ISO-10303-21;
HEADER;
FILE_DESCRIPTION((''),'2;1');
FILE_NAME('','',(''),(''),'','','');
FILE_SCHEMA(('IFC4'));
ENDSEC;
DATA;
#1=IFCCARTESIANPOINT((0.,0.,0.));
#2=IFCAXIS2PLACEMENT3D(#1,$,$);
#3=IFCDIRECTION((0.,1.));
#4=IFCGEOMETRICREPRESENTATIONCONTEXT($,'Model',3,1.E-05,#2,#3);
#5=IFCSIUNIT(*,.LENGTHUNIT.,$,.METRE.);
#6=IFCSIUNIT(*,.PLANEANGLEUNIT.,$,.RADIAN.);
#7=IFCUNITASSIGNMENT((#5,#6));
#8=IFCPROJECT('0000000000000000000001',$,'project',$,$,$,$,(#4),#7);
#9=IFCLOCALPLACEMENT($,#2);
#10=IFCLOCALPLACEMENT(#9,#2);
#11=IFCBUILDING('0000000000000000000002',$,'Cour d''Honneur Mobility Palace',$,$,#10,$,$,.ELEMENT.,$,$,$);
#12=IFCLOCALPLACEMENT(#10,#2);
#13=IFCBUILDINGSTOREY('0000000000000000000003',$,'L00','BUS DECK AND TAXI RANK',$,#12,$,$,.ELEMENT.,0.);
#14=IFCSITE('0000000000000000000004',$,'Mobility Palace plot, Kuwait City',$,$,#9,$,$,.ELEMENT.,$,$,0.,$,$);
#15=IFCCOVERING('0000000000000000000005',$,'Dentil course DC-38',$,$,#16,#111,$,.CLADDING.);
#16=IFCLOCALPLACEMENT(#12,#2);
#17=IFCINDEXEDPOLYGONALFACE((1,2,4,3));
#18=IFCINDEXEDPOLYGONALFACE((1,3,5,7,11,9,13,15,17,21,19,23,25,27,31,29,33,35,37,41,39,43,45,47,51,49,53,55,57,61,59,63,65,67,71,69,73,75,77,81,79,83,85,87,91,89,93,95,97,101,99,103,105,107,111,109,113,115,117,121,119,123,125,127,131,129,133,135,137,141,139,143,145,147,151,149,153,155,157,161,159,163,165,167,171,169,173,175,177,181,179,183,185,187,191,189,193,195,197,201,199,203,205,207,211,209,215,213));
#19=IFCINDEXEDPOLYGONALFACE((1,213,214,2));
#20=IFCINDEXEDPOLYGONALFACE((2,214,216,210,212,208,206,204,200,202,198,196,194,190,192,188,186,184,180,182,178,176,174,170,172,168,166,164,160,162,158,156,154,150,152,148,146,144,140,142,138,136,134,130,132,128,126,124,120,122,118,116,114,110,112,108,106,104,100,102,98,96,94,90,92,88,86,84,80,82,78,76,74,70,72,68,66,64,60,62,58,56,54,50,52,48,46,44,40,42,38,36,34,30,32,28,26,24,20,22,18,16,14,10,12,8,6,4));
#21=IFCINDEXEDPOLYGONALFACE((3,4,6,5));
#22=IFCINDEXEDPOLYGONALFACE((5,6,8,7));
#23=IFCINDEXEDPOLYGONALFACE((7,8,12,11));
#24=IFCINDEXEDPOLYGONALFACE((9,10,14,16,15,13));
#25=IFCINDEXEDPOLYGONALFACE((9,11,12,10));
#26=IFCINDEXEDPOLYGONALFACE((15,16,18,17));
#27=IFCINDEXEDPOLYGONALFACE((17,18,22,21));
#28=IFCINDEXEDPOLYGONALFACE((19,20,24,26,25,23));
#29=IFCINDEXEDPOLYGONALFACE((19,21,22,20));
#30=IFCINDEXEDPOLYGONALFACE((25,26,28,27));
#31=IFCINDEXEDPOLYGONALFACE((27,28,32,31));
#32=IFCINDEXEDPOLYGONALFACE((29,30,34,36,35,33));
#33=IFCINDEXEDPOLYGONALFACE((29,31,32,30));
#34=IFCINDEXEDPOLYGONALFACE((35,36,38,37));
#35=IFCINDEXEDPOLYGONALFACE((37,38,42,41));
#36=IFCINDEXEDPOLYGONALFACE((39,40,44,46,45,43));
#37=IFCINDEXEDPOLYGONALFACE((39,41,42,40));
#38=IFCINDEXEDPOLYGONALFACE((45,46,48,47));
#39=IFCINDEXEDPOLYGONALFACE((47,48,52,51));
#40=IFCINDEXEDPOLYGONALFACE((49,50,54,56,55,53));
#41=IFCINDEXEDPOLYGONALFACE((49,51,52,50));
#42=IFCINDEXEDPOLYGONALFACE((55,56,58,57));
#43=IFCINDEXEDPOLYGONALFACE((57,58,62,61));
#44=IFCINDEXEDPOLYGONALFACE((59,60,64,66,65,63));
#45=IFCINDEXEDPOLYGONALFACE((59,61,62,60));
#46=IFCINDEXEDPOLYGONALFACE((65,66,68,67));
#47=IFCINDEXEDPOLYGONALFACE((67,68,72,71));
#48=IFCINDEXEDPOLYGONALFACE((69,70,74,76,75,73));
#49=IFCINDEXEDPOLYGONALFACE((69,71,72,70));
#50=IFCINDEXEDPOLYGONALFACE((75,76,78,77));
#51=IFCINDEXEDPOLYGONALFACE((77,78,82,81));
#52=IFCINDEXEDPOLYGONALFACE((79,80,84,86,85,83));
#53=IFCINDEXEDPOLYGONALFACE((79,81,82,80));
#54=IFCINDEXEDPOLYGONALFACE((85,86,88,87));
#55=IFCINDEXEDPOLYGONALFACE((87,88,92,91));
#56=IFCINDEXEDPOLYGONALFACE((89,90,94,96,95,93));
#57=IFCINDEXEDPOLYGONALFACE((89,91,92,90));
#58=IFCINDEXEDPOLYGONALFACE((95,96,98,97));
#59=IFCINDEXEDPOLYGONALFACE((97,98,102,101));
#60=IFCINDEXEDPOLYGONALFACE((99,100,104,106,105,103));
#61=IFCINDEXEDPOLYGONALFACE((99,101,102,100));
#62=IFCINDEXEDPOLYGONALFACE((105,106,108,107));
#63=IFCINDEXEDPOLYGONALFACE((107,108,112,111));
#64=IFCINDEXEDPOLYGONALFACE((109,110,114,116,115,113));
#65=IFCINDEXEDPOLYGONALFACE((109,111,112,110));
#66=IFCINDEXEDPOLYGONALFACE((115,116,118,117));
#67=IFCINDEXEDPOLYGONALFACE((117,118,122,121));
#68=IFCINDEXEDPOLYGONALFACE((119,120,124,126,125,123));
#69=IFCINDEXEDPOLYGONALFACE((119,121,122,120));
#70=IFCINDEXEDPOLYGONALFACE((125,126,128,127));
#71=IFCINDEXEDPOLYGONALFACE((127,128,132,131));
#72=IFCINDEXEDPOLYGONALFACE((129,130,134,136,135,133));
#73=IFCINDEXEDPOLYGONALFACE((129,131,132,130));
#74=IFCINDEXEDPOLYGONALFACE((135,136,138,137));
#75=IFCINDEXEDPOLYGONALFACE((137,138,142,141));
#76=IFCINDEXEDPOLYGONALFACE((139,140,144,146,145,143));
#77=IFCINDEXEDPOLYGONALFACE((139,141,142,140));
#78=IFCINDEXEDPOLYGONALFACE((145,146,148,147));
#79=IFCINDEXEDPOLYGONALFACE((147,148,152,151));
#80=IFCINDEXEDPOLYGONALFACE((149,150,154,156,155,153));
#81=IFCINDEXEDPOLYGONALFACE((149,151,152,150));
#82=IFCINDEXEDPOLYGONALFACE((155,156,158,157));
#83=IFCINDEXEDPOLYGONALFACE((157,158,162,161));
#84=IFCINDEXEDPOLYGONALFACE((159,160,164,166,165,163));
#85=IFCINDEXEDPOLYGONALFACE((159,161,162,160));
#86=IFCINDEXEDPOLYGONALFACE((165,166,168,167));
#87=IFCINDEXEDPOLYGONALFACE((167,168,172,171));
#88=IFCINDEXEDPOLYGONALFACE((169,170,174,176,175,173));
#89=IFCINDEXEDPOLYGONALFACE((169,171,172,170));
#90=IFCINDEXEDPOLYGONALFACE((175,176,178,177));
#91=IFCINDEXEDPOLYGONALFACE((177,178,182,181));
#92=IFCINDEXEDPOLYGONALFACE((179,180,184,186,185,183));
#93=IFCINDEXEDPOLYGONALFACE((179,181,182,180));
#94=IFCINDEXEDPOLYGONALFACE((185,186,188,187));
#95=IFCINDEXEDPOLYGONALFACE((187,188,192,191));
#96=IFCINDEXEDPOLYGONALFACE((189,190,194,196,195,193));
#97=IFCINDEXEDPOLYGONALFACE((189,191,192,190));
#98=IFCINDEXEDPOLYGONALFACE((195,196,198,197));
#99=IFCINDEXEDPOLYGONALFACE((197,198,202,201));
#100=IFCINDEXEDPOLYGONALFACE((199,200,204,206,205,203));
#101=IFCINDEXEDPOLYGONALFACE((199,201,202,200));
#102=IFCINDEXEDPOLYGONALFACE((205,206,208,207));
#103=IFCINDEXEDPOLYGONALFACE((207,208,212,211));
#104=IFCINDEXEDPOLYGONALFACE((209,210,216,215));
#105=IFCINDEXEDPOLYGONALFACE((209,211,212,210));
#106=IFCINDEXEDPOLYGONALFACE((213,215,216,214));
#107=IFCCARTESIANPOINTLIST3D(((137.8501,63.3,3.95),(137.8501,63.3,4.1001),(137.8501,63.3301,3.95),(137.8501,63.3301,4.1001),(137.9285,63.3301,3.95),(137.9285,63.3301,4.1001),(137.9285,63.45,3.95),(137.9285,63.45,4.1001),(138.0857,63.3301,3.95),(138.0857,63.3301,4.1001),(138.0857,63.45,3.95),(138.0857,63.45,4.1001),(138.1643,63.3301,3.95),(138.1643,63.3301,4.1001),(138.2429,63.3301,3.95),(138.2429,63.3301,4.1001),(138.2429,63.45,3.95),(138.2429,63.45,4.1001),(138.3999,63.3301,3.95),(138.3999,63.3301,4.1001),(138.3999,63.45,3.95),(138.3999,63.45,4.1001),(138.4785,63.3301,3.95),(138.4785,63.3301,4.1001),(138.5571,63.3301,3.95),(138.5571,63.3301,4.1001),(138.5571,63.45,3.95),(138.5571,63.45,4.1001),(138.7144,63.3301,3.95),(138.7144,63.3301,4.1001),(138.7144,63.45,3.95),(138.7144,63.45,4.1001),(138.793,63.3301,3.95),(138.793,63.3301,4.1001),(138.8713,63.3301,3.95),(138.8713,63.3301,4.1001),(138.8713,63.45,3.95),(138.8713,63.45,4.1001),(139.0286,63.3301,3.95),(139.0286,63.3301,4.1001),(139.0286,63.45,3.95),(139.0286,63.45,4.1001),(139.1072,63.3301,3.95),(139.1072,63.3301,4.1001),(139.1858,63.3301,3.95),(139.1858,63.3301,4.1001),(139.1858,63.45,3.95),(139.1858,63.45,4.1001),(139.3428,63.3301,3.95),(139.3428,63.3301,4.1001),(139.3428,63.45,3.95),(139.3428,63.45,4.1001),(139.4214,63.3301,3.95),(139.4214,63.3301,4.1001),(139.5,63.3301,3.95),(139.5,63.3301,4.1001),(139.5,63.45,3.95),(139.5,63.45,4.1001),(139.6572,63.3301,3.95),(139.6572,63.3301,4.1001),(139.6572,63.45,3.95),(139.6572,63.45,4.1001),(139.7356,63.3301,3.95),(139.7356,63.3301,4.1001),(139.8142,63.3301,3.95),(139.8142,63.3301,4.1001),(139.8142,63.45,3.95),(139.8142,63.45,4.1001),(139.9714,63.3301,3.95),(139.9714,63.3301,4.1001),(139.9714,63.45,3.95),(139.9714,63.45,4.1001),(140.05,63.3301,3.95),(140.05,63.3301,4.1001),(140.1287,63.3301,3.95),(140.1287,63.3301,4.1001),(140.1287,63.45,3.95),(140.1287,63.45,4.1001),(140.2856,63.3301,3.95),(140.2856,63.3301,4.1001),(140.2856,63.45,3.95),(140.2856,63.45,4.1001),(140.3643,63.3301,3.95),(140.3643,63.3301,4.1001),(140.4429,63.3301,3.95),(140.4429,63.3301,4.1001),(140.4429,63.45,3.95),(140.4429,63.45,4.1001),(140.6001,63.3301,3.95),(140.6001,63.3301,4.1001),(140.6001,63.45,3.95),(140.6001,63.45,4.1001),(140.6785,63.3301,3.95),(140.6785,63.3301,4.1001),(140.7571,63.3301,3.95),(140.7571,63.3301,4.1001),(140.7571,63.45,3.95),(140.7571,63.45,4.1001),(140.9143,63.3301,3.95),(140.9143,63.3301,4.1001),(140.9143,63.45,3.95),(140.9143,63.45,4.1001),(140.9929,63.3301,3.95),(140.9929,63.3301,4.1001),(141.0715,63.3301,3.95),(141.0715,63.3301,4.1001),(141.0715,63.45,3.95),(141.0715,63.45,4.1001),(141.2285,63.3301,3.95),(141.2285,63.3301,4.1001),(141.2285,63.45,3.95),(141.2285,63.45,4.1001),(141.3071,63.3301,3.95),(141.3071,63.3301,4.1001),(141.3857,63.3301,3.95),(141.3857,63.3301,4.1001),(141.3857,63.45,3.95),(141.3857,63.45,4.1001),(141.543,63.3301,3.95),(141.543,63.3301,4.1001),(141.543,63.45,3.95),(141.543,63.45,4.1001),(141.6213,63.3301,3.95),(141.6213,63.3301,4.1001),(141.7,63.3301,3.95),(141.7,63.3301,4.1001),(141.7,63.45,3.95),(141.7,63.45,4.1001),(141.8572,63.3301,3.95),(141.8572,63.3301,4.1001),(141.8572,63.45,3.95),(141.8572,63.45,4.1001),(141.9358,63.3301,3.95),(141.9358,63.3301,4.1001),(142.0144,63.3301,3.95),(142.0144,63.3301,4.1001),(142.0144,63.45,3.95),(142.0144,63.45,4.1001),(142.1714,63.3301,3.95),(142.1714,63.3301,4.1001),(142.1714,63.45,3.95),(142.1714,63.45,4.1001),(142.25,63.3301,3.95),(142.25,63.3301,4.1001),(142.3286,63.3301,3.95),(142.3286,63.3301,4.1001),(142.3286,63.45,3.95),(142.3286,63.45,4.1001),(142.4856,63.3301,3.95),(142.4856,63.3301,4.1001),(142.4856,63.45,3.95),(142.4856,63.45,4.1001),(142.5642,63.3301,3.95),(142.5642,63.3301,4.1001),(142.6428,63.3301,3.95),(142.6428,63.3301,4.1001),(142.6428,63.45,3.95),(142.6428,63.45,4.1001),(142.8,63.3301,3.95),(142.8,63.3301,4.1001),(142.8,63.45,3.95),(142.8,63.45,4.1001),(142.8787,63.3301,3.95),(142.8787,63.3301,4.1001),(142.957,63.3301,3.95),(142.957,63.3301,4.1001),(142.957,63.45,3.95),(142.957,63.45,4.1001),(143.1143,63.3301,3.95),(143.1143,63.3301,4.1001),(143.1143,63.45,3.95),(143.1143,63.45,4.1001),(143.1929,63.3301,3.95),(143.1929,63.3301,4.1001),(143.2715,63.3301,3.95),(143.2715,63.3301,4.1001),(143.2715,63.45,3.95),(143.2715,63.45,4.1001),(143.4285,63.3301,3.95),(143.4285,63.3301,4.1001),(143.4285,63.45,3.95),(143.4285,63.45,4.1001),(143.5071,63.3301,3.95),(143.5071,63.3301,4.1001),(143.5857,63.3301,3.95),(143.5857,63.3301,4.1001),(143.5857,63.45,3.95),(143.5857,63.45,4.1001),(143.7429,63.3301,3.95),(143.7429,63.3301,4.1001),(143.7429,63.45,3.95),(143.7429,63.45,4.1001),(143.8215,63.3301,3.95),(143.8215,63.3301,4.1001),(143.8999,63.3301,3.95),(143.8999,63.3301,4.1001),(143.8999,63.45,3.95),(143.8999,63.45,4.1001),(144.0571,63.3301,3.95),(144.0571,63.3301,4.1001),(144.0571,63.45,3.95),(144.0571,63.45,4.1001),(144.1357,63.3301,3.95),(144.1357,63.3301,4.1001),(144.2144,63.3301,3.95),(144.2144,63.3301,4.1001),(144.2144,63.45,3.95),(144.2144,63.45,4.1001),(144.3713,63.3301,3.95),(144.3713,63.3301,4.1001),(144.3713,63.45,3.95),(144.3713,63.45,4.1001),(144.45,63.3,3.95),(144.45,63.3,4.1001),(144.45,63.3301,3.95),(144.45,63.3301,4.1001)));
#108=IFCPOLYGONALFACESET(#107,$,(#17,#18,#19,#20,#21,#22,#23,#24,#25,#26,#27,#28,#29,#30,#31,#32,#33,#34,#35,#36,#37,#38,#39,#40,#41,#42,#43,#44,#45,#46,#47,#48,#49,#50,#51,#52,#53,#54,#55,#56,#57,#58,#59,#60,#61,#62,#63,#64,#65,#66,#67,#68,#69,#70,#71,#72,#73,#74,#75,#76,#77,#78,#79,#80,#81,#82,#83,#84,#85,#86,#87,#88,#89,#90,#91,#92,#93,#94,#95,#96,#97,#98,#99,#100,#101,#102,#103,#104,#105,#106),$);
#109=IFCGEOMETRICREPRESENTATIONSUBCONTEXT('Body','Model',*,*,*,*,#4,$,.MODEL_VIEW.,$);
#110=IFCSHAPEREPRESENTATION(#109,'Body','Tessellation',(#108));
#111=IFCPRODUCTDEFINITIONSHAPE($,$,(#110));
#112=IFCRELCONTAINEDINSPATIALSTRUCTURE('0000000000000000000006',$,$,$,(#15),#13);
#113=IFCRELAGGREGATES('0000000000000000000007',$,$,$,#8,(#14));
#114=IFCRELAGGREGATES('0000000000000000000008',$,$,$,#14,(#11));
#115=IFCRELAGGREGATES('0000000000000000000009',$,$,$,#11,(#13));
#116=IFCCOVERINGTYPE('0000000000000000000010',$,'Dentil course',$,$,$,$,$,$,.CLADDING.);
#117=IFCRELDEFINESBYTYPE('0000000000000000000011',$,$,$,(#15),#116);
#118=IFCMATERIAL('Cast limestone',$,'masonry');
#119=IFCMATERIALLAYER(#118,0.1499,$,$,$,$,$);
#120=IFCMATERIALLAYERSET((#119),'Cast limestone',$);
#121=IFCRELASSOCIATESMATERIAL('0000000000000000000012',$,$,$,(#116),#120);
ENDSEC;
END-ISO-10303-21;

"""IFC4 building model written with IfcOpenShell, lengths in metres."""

from ifc_helpers import new_model, si_unit, direction, frame, origin, place, context, subcontext, project, spatial, polyline, outline, extrude, material, layer, layer_set, type_object, element, save


model = new_model("IFC4")

# Units and contexts
model_context = context("Model", 3, precision=1e-05, world=origin(), true_north=direction((0.0, 1.0)))
body_context = subcontext(model_context, "Body", "Model", "MODEL_VIEW")
ifc_project = project(units=[si_unit("LENGTHUNIT", "METRE"), si_unit("PLANEANGLEUNIT", "RADIAN")], contexts=[model_context])

# Site, building, storey
site_placement = place(None, origin())
site = spatial("IfcSite", under=ifc_project, at=site_placement, Name="Mobility Palace plot, Kuwait City", CompositionType="ELEMENT", RefElevation=0.0)
building_placement = place(site_placement, origin())
building = spatial("IfcBuilding", under=site, at=building_placement, Name="Cour d'Honneur Mobility Palace", CompositionType="ELEMENT")
storey_placement = place(building_placement, origin())
storey = spatial("IfcBuildingStorey", under=building, at=storey_placement, Name="L00", Description="BUS DECK AND TAXI RANK", CompositionType="ELEMENT", Elevation=0.0)

# Covering
ifc_material = material(Name="Cast limestone", Category="masonry")
ifc_layer = layer(ifc_material, 0.1499)
ifc_layer_set = layer_set([ifc_layer], Name="Cast limestone")
covering_type = type_object("IfcCoveringType", Name="Dentil course", PredefinedType="CLADDING", material=ifc_layer_set)
covering_1_placement = place(storey_placement, frame((0.0, 0.0, 3.95)))
element("IfcCovering", 1, at=covering_1_placement, inside=storey, type_object=covering_type, Name="Dentil course DC-38", PredefinedType="CLADDING", context=body_context, shape_type="SweptSolid", body=[
    extrude(outline(polyline([(144.45, 63.3), (137.8501, 63.3), (137.8501, 63.3301), (137.8501, 63.3301), (137.9285, 63.3301), (137.9285, 63.45), (138.0857, 63.45), (138.0857, 63.3301), (138.1643, 63.3301), (138.1643, 63.3301), (138.2429, 63.3301), (138.2429, 63.45), (138.3999, 63.45), (138.3999, 63.3301), (138.4785, 63.3301), (138.4785, 63.3301), (138.5571, 63.3301), (138.5571, 63.45), (138.7144, 63.45), (138.7144, 63.3301), (138.793, 63.3301), (138.793, 63.3301), (138.8713, 63.3301), (138.8713, 63.45), (139.0286, 63.45), (139.0286, 63.3301), (139.1072, 63.3301), (139.1072, 63.3301), (139.1858, 63.3301), (139.1858, 63.45), (139.3428, 63.45), (139.3428, 63.3301), (139.4214, 63.3301), (139.4214, 63.3301), (139.5, 63.3301), (139.5, 63.45), (139.6572, 63.45), (139.6572, 63.3301), (139.7356, 63.3301), (139.7356, 63.3301), (139.8142, 63.3301), (139.8142, 63.45), (139.9714, 63.45), (139.9714, 63.3301), (140.05, 63.3301), (140.05, 63.3301), (140.1287, 63.3301), (140.1287, 63.45), (140.2856, 63.45), (140.2856, 63.3301), (140.3643, 63.3301), (140.3643, 63.3301), (140.4429, 63.3301), (140.4429, 63.45), (140.6001, 63.45), (140.6001, 63.3301), (140.6785, 63.3301), (140.6785, 63.3301), (140.7571, 63.3301), (140.7571, 63.45), (140.9143, 63.45), (140.9143, 63.3301), (140.9929, 63.3301), (140.9929, 63.3301), (141.0715, 63.3301), (141.0715, 63.45), (141.2285, 63.45), (141.2285, 63.3301), (141.3071, 63.3301), (141.3071, 63.3301), (141.3857, 63.3301), (141.3857, 63.45), (141.543, 63.45), (141.543, 63.3301), (141.6213, 63.3301), (141.6213, 63.3301), (141.7, 63.3301), (141.7, 63.45), (141.8572, 63.45), (141.8572, 63.3301), (141.9358, 63.3301), (141.9358, 63.3301), (142.0144, 63.3301), (142.0144, 63.45), (142.1714, 63.45), (142.1714, 63.3301), (142.25, 63.3301), (142.25, 63.3301), (142.3286, 63.3301), (142.3286, 63.45), (142.4856, 63.45), (142.4856, 63.3301), (142.5642, 63.3301), (142.5642, 63.3301), (142.6428, 63.3301), (142.6428, 63.45), (142.8, 63.45), (142.8, 63.3301), (142.8787, 63.3301), (142.8787, 63.3301), (142.957, 63.3301), (142.957, 63.45), (143.1143, 63.45), (143.1143, 63.3301), (143.1929, 63.3301), (143.1929, 63.3301), (143.2715, 63.3301), (143.2715, 63.45), (143.4285, 63.45), (143.4285, 63.3301), (143.5071, 63.3301), (143.5071, 63.3301), (143.5857, 63.3301), (143.5857, 63.45), (143.7429, 63.45), (143.7429, 63.3301), (143.8215, 63.3301), (143.8215, 63.3301), (143.8999, 63.3301), (143.8999, 63.45), (144.0571, 63.45), (144.0571, 63.3301), (144.1357, 63.3301), (144.1357, 63.3301), (144.2144, 63.3301), (144.2144, 63.45), (144.3713, 63.45), (144.3713, 63.3301), (144.45, 63.3301), (144.45, 63.3)])), origin(), (0.0, 0.0, 1.0), 0.1501),
])

save(model, "model.ifc")
